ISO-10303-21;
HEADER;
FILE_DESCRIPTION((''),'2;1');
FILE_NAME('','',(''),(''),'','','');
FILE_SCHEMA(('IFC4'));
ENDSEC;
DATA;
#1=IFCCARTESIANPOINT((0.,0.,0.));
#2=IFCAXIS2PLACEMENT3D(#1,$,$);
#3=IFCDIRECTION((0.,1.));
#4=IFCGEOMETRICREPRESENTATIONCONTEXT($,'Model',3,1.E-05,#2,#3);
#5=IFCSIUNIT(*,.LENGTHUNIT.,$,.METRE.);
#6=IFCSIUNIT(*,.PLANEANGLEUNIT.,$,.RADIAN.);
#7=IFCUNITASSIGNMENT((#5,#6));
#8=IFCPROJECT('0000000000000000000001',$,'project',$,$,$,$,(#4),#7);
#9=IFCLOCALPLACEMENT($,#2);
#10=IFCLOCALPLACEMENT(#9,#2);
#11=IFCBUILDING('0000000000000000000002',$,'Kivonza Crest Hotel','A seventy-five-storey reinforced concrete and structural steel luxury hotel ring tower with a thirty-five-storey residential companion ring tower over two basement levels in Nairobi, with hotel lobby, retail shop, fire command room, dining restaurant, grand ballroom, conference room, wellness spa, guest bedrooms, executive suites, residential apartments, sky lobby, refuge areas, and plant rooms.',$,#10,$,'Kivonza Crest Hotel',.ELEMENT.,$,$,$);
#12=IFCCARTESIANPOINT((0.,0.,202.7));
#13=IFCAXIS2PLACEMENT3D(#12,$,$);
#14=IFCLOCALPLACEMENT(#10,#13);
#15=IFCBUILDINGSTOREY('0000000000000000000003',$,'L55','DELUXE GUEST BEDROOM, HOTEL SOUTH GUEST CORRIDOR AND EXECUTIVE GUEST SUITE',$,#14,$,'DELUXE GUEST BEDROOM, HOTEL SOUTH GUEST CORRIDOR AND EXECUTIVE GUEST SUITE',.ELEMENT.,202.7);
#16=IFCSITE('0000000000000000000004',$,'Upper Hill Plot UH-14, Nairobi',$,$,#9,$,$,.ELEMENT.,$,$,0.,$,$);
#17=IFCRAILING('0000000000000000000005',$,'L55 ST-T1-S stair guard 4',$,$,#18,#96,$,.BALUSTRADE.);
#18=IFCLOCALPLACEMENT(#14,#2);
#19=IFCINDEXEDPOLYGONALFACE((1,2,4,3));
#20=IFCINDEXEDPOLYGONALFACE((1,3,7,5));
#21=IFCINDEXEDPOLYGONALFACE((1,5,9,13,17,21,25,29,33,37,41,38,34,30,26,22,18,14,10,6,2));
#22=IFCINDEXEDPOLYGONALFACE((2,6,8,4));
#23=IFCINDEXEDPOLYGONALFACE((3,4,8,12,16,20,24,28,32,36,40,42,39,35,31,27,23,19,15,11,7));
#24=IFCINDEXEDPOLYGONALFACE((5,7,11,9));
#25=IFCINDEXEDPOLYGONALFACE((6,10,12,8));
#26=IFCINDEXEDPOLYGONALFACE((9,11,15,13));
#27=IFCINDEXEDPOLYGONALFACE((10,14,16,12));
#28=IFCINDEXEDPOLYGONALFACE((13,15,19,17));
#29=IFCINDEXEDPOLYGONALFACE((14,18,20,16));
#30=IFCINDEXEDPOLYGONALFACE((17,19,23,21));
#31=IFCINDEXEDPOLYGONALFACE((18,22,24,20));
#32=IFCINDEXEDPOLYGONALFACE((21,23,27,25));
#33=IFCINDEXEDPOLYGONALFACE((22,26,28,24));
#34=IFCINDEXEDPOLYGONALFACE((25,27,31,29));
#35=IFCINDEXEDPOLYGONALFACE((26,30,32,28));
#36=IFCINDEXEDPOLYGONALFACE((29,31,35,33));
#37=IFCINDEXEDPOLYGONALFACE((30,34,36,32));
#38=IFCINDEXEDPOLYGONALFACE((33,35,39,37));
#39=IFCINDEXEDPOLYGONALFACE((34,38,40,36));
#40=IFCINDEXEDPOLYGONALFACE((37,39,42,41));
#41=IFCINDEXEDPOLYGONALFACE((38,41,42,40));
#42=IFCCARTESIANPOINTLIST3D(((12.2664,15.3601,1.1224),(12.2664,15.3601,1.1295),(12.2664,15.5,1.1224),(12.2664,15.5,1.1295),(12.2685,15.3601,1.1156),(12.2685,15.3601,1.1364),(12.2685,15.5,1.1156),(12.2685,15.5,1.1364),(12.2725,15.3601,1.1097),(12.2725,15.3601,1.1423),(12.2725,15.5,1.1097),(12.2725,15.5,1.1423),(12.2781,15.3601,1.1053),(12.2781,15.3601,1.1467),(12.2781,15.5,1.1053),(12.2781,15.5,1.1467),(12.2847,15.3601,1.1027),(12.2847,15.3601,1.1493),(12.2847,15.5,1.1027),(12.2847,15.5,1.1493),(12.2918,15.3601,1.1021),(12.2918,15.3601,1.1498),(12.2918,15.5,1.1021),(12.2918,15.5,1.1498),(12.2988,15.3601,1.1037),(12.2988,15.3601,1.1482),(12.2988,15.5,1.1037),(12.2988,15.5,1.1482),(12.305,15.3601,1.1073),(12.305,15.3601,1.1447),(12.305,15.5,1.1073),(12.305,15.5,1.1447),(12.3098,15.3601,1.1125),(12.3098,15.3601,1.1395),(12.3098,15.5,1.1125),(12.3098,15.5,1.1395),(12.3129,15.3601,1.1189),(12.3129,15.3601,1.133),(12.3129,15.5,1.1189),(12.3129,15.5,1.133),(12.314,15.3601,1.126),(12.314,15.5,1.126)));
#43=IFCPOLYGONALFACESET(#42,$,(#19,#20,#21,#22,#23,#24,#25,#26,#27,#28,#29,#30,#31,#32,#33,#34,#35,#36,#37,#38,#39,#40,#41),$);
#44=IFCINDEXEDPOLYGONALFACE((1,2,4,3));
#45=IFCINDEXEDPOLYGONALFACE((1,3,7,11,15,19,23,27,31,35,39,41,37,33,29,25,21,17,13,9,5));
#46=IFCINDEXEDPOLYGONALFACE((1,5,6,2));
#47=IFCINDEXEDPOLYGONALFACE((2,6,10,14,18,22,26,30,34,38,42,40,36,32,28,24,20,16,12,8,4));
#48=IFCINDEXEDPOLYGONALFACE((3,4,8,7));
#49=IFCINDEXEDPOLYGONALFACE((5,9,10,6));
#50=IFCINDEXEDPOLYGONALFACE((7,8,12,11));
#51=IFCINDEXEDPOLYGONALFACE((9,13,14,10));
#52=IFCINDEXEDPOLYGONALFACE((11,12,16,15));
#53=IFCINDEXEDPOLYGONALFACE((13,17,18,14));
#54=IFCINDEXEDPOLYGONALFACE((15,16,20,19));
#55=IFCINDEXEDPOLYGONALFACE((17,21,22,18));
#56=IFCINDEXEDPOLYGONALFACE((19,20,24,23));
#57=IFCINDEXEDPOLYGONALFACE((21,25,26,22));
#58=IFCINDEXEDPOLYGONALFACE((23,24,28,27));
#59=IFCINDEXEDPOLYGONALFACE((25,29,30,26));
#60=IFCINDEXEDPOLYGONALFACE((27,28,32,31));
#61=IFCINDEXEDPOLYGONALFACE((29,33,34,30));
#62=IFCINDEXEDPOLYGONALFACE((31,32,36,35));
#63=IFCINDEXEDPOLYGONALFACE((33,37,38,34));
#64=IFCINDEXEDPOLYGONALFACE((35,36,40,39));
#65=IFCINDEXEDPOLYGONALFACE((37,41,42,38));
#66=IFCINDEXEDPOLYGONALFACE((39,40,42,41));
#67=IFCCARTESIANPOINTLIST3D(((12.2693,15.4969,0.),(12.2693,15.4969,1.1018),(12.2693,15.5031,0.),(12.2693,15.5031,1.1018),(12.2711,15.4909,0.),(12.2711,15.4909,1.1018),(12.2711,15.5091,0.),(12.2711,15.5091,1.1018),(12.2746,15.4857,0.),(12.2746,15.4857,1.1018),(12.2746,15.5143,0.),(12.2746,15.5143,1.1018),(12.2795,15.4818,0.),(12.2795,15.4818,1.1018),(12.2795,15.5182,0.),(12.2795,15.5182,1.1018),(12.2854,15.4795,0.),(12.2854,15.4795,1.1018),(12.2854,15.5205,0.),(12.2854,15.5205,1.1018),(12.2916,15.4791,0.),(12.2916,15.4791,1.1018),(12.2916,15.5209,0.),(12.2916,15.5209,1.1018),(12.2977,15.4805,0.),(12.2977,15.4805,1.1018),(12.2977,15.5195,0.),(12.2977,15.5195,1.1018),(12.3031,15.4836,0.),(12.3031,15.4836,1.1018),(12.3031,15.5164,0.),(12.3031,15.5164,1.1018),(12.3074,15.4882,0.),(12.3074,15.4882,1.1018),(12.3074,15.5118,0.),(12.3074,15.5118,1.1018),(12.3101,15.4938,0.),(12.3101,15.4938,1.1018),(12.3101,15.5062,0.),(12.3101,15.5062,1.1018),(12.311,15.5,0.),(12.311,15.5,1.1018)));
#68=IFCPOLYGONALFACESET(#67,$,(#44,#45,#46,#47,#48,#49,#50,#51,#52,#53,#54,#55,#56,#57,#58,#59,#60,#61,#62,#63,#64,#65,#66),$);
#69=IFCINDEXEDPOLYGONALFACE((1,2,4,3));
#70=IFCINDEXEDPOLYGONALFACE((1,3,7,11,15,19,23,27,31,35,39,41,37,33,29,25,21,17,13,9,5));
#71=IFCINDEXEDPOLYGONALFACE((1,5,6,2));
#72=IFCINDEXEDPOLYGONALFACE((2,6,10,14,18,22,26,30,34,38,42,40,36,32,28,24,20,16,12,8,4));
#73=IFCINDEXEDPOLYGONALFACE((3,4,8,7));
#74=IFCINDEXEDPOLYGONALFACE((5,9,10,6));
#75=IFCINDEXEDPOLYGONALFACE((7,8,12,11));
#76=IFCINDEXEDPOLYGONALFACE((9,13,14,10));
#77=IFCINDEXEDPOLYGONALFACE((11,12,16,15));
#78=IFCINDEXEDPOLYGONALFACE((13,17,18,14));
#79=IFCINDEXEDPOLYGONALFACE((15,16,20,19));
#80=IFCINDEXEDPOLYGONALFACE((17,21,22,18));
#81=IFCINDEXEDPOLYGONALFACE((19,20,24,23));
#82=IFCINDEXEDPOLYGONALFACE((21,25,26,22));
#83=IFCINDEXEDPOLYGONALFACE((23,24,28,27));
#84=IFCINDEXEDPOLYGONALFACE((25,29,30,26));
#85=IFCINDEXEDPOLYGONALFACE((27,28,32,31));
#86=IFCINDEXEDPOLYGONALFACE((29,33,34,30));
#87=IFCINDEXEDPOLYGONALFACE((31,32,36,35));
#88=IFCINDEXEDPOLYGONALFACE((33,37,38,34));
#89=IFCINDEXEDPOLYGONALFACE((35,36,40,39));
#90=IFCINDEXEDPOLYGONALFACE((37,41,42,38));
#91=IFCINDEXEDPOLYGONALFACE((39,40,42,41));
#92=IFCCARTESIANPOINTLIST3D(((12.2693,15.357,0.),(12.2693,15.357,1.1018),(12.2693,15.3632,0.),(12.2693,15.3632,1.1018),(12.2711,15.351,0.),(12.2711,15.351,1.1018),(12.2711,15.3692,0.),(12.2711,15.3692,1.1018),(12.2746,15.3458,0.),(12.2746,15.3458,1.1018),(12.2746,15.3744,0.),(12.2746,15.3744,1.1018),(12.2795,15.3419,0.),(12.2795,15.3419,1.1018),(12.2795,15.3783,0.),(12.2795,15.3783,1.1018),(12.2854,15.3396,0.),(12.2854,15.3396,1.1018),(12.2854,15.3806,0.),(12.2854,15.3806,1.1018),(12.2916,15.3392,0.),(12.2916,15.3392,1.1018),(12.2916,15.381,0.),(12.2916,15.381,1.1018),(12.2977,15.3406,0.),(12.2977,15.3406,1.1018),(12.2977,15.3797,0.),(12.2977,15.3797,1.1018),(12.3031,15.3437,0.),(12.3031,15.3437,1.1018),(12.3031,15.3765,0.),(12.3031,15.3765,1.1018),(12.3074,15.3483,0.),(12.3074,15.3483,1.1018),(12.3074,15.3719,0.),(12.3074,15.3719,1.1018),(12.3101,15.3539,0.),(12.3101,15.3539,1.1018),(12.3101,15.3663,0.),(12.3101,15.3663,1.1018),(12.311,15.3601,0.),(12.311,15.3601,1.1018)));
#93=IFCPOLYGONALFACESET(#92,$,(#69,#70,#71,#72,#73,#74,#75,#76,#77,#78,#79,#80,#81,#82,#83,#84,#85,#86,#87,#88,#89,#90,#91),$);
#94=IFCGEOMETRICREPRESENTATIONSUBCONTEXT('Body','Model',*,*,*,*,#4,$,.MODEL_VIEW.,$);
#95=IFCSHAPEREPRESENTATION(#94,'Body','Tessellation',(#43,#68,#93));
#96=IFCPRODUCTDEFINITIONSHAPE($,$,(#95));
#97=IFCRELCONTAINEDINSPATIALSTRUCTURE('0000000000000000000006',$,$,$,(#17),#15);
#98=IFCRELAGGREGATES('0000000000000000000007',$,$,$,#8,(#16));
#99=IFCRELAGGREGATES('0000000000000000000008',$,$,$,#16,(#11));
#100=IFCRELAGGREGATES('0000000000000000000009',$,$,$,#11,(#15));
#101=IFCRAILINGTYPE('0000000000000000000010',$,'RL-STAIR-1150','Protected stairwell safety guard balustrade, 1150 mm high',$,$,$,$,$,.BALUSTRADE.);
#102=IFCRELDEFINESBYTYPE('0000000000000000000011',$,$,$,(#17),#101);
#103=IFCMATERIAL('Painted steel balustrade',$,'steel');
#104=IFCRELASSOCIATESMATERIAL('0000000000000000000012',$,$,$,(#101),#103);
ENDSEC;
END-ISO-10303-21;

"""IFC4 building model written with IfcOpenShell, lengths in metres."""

from ifc_helpers import new_model, si_unit, direction, frame, origin, origin_2d, place, context, subcontext, project, spatial, circle, extrude, material, type_object, element, save


model = new_model("IFC4")

# Units and contexts
model_context = context("Model", 3, precision=1e-05, world=origin(), true_north=direction((0.0, 1.0)))
body_context = subcontext(model_context, "Body", "Model", "MODEL_VIEW")
ifc_project = project(units=[si_unit("LENGTHUNIT", "METRE"), si_unit("PLANEANGLEUNIT", "RADIAN")], contexts=[model_context])

# Site, building, storey
site_placement = place(None, origin())
site = spatial("IfcSite", under=ifc_project, at=site_placement, Name="Upper Hill Plot UH-14, Nairobi", CompositionType="ELEMENT", RefElevation=0.0)
building_placement = place(site_placement, origin())
building = spatial("IfcBuilding", under=site, at=building_placement, Name="Kivonza Crest Hotel", Description="A seventy-five-storey reinforced concrete and structural steel luxury hotel ring tower with a thirty-five-storey residential companion ring tower over two basement levels in Nairobi, with hotel lobby, retail shop, fire command room, dining restaurant, grand ballroom, conference room, wellness spa, guest bedrooms, executive suites, residential apartments, sky lobby, refuge areas, and plant rooms.", LongName="Kivonza Crest Hotel", CompositionType="ELEMENT")
storey_placement = place(building_placement, frame((0.0, 0.0, 202.7)))
storey = spatial("IfcBuildingStorey", under=building, at=storey_placement, Name="L55", Description="DELUXE GUEST BEDROOM, HOTEL SOUTH GUEST CORRIDOR AND EXECUTIVE GUEST SUITE", LongName="DELUXE GUEST BEDROOM, HOTEL SOUTH GUEST CORRIDOR AND EXECUTIVE GUEST SUITE", CompositionType="ELEMENT", Elevation=202.7)

# Railing
ifc_material_1 = material(Name="Painted steel balustrade", Category="steel")
railing_type_1 = type_object("IfcRailingType", Name="RL-STAIR-1150", Description="Protected stairwell safety guard balustrade, 1150 mm high", PredefinedType="BALUSTRADE", material=ifc_material_1)
railing_1_placement = place(storey_placement, frame((12.29, 15.5, 0.0)))
element("IfcRailing", 1, at=railing_1_placement, inside=storey, type_object=railing_type_1, Name="L55 ST-T1-S stair guard 4", PredefinedType="BALUSTRADE", context=body_context, shape_type="SweptSolid", body=[
    extrude(circle(Radius=0.0239, at=origin_2d()), frame((0.0, 0.0, 1.126), z_axis=(0.0, -1.0, 0.0), x_axis=(1.0, 0.0, 0.0)), (0.0, 0.0, 1.0), 0.1399),
    extrude(circle(Radius=0.021, at=origin_2d()), origin(), (0.0, 0.0, 1.0), 1.1018),
    extrude(circle(Radius=0.021, at=origin_2d()), frame((0.0, -0.1399, 0.0)), (0.0, 0.0, 1.0), 1.1018),
])

save(model, "model.ifc")
